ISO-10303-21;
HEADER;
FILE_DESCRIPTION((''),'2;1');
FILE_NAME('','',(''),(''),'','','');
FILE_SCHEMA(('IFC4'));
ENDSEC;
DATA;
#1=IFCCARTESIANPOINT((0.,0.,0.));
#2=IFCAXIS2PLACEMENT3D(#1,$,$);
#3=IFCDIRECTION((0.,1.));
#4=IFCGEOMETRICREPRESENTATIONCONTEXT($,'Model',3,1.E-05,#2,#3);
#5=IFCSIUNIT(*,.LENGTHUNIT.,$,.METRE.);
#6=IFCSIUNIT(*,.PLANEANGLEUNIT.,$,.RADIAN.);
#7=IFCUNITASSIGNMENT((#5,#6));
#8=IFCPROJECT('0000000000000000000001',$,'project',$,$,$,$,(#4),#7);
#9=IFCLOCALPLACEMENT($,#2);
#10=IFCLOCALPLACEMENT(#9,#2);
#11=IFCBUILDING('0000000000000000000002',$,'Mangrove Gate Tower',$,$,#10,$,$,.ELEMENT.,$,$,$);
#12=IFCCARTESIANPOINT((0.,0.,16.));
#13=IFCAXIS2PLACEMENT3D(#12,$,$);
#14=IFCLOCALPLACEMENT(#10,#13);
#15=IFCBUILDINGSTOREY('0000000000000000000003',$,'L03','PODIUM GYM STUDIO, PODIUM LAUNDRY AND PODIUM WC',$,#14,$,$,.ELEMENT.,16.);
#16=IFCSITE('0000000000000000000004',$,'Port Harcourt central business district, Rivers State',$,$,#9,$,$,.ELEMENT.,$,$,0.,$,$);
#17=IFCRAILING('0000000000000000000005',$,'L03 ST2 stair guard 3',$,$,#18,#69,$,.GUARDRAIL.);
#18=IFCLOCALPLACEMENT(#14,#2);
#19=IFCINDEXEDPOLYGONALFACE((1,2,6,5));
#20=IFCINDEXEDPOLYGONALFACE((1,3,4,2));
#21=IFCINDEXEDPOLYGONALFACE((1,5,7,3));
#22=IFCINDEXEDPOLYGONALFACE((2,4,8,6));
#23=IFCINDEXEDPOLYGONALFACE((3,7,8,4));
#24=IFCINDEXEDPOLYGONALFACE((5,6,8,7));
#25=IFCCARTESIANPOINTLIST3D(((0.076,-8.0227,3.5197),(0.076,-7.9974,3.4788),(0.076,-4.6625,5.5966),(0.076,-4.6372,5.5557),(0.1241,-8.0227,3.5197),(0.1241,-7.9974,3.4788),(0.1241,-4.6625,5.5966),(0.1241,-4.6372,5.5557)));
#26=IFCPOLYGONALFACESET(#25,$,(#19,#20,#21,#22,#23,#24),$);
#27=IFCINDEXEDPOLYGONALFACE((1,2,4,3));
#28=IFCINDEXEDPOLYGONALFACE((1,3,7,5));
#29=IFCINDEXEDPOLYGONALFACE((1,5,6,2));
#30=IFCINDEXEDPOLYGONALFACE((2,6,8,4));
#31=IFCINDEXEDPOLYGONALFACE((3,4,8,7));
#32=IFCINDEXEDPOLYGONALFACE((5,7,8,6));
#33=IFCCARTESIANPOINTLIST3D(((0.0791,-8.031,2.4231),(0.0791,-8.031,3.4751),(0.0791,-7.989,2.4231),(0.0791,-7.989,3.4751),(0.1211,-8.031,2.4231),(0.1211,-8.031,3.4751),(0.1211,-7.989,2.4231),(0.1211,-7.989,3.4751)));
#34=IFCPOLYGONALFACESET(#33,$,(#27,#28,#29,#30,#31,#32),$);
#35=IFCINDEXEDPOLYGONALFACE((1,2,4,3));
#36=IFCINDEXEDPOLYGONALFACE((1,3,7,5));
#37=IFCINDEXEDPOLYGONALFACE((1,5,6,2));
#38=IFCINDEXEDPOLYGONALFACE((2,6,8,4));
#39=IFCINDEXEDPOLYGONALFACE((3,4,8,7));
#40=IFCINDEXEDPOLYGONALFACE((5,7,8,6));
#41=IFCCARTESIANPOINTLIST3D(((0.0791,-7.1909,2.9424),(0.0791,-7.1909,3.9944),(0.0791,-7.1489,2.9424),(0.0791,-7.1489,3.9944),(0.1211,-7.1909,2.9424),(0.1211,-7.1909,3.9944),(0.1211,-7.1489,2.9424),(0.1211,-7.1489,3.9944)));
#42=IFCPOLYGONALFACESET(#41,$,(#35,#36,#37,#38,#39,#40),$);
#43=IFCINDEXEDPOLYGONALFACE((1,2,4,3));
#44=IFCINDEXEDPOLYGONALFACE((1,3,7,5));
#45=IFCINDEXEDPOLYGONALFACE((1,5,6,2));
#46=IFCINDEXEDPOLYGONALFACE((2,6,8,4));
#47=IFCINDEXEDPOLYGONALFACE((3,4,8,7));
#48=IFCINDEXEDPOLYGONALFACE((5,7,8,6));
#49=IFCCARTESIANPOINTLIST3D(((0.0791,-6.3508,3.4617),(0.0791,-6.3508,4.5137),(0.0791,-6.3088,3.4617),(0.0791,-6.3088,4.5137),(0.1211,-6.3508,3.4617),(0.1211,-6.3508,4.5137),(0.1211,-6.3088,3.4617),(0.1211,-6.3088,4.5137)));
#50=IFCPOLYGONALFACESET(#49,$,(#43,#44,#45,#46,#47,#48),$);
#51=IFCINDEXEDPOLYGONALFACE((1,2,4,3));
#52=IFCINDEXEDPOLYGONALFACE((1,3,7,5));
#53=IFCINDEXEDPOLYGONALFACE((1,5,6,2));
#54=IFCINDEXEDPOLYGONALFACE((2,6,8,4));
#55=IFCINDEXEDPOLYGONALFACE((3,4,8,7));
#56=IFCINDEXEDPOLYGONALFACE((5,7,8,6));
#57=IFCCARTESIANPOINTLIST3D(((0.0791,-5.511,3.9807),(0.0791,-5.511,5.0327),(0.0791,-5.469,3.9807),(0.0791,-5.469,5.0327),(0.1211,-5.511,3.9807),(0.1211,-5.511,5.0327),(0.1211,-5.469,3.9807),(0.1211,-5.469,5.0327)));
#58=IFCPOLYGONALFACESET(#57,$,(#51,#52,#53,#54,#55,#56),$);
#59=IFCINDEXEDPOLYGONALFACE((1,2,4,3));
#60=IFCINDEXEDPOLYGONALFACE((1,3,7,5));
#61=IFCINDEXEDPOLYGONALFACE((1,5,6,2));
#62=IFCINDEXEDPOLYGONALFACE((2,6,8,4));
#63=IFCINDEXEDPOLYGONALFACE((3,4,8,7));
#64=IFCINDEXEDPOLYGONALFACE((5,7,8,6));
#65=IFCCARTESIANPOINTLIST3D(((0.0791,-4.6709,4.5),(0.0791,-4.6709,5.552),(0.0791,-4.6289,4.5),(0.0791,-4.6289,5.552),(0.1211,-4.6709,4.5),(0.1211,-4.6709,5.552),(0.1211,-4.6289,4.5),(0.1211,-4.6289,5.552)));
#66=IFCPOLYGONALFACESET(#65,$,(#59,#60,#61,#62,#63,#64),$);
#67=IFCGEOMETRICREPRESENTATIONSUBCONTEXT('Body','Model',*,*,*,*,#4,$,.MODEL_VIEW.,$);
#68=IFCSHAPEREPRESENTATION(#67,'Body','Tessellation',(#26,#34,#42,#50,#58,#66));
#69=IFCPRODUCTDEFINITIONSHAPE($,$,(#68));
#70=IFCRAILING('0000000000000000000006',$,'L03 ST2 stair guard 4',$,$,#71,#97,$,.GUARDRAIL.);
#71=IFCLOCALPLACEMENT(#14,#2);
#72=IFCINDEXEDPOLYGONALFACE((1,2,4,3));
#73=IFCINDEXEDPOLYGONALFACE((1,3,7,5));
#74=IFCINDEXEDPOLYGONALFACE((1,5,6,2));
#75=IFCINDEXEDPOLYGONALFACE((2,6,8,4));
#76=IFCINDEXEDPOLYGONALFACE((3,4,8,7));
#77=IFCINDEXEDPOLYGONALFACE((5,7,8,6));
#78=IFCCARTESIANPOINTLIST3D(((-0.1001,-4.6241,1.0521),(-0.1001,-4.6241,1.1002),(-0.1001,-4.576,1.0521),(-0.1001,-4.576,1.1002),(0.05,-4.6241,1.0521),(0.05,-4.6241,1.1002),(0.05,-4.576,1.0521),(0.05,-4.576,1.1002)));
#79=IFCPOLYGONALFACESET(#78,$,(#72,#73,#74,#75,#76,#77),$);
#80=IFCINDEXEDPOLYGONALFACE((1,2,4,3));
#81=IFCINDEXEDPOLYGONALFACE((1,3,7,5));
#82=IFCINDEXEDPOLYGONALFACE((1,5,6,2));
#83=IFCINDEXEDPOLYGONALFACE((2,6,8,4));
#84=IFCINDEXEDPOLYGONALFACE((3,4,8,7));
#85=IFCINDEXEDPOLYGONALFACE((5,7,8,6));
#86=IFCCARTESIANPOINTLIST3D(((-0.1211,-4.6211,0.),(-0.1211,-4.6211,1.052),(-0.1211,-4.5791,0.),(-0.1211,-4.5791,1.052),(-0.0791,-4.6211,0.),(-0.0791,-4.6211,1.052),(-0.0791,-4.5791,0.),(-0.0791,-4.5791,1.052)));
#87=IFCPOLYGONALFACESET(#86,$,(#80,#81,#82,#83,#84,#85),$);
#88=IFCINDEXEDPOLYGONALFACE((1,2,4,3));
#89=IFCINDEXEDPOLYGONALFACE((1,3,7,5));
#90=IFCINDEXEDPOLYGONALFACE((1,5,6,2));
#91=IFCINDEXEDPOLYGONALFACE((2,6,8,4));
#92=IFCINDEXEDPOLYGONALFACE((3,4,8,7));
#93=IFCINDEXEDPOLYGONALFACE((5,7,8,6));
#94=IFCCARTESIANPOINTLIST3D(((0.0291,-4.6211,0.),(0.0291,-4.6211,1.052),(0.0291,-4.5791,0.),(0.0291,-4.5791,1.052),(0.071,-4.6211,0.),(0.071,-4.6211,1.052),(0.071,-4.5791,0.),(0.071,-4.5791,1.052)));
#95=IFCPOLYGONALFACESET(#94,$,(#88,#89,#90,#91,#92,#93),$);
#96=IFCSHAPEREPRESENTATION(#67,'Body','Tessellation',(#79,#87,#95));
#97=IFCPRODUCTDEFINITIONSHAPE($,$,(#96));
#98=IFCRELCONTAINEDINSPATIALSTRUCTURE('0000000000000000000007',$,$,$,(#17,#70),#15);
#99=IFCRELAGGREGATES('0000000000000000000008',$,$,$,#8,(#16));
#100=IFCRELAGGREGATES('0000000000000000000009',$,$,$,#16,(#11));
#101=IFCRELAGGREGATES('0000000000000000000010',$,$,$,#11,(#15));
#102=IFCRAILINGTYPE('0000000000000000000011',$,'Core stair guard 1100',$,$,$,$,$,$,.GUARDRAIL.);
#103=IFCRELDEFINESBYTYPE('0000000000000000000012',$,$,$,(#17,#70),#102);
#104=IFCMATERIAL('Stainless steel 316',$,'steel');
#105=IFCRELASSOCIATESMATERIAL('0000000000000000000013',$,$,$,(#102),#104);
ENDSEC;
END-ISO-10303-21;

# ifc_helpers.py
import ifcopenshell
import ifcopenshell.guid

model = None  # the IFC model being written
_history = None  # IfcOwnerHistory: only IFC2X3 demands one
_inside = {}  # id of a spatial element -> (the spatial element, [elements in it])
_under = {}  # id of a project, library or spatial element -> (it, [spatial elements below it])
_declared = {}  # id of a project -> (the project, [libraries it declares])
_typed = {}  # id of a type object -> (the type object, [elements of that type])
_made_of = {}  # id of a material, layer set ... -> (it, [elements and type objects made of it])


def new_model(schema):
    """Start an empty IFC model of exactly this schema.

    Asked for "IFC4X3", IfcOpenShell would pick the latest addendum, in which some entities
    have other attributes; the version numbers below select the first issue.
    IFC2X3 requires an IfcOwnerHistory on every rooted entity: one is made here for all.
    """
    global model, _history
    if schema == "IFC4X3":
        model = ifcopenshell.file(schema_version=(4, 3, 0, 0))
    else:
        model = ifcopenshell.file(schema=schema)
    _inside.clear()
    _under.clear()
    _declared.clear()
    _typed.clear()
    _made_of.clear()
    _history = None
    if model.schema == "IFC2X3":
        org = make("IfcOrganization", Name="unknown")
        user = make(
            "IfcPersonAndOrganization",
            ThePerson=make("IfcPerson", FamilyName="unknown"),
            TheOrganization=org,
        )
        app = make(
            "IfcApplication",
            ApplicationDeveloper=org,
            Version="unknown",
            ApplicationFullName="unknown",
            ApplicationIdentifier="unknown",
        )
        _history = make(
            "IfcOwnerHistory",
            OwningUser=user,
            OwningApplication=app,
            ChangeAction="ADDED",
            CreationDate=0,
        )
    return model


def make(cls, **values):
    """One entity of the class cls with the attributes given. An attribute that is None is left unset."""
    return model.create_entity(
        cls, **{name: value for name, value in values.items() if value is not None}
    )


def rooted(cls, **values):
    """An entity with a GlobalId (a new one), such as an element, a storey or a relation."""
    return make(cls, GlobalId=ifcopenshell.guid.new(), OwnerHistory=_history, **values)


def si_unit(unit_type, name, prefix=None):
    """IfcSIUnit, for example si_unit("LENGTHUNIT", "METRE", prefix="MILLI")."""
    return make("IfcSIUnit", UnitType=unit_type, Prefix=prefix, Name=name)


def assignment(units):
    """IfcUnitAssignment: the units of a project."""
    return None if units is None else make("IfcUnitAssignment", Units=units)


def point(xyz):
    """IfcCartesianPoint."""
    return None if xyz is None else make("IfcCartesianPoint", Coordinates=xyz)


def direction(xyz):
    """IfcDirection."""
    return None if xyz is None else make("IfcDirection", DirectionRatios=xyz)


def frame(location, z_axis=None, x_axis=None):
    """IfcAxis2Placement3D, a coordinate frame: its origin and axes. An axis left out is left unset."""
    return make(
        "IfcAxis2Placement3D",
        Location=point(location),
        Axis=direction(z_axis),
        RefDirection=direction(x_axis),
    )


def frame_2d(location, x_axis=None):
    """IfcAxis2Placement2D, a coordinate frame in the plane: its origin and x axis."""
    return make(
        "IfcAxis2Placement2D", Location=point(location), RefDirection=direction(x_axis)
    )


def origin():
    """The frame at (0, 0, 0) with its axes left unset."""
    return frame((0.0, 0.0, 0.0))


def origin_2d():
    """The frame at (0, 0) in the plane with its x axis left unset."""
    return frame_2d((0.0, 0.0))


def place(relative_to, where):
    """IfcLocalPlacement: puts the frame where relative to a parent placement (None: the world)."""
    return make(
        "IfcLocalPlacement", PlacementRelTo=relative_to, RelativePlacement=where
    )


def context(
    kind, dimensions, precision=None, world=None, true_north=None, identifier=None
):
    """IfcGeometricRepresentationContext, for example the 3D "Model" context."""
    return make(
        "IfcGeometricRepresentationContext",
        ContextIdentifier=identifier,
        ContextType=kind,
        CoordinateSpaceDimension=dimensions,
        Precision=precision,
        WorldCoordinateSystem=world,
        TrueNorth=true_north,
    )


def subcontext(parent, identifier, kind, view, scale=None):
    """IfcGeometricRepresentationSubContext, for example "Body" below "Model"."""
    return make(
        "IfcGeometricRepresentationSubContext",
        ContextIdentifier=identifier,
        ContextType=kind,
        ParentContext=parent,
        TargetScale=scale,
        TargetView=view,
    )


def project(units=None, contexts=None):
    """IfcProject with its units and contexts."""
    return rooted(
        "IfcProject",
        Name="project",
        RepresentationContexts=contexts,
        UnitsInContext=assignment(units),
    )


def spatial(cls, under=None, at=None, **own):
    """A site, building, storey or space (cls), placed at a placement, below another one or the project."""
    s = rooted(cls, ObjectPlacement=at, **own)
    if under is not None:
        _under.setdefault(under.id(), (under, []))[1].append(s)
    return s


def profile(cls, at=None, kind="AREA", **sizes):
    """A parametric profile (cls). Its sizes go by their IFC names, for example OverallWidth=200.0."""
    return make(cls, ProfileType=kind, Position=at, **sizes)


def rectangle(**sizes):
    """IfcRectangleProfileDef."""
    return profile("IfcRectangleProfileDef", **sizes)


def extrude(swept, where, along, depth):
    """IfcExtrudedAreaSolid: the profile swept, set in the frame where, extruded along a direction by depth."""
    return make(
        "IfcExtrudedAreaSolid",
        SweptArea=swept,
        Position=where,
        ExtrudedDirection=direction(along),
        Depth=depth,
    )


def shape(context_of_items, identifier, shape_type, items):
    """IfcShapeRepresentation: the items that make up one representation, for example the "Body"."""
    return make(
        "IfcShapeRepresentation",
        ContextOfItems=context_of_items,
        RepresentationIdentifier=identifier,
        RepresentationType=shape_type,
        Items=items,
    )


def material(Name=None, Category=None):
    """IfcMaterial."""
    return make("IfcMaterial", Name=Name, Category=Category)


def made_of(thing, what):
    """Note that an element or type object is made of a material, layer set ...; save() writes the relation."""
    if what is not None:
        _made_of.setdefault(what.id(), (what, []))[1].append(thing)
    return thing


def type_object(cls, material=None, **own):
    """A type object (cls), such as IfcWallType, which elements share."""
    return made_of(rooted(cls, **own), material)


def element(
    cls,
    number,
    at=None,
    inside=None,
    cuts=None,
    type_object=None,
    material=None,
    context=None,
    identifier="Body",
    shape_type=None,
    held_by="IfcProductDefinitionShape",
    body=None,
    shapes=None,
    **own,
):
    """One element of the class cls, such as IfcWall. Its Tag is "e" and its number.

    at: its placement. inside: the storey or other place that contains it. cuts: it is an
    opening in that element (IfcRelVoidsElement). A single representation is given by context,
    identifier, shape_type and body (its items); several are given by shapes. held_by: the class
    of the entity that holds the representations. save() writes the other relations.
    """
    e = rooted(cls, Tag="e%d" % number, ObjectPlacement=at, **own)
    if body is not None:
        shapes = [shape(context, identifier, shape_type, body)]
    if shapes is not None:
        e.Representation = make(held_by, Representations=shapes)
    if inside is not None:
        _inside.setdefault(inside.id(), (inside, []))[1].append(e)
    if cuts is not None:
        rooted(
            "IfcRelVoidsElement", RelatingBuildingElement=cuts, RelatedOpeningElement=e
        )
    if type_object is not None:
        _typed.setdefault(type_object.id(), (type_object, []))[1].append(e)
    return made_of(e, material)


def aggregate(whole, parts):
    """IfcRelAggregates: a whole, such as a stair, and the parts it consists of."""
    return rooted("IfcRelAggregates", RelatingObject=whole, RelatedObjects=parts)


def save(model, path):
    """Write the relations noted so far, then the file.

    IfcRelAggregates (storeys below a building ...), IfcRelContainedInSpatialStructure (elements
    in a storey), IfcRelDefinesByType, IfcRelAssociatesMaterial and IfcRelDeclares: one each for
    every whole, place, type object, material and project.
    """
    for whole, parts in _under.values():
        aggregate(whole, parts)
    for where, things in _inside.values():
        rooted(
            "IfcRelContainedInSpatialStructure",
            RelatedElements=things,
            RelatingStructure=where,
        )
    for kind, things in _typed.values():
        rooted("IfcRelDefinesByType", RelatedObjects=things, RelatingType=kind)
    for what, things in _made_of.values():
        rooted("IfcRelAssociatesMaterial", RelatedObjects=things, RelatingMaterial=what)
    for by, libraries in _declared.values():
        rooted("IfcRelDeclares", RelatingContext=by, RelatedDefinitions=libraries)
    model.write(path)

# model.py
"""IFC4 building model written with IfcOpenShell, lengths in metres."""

from ifc_helpers import new_model, si_unit, direction, frame, origin, origin_2d, place, context, subcontext, project, spatial, rectangle, extrude, material, type_object, element, save


model = new_model("IFC4")

# Units and contexts
model_context = context("Model", 3, precision=1e-05, world=origin(), true_north=direction((0.0, 1.0)))
body_context = subcontext(model_context, "Body", "Model", "MODEL_VIEW")
ifc_project = project(units=[si_unit("LENGTHUNIT", "METRE"), si_unit("PLANEANGLEUNIT", "RADIAN")], contexts=[model_context])

# Site, building, storey
site_placement = place(None, origin())
site = spatial("IfcSite", under=ifc_project, at=site_placement, Name="Port Harcourt central business district, Rivers State", CompositionType="ELEMENT", RefElevation=0.0)
building_placement = place(site_placement, origin())
building = spatial("IfcBuilding", under=site, at=building_placement, Name="Mangrove Gate Tower", CompositionType="ELEMENT")
storey_placement = place(building_placement, frame((0.0, 0.0, 16.0)))
storey = spatial("IfcBuildingStorey", under=building, at=storey_placement, Name="L03", Description="PODIUM GYM STUDIO, PODIUM LAUNDRY AND PODIUM WC", CompositionType="ELEMENT", Elevation=16.0)

# Railings
ifc_material_1 = material(Name="Stainless steel 316", Category="steel")
railing_type_1 = type_object("IfcRailingType", Name="Core stair guard 1100", PredefinedType="GUARDRAIL", material=ifc_material_1)
railing_1_placement = place(storey_placement, frame((0.1001, -8.01, 2.4231)))
element("IfcRailing", 1, at=railing_1_placement, inside=storey, type_object=railing_type_1, Name="L03 ST2 stair guard 3", PredefinedType="GUARDRAIL", context=body_context, shape_type="SweptSolid", body=[
    extrude(rectangle(XDim=0.0481, YDim=0.0481, at=origin_2d()), frame((0.0, 0.0, 1.0762), z_axis=(0.0, 0.850623, 0.525776), x_axis=(-1.0, 0.0, 0.0)), (0.0, 0.0, 1.0), 3.9502),
    extrude(rectangle(XDim=0.042, YDim=0.042, at=origin_2d()), origin(), (0.0, 0.0, 1.0), 1.052),
    extrude(rectangle(XDim=0.042, YDim=0.042, at=origin_2d()), frame((0.0, 0.8401, 0.5193)), (0.0, 0.0, 1.0), 1.052),
    extrude(rectangle(XDim=0.042, YDim=0.042, at=origin_2d()), frame((0.0, 1.6802, 1.0386)), (0.0, 0.0, 1.0), 1.052),
    extrude(rectangle(XDim=0.042, YDim=0.042, at=origin_2d()), frame((0.0, 2.52, 1.5576)), (0.0, 0.0, 1.0), 1.052),
    extrude(rectangle(XDim=0.042, YDim=0.042, at=origin_2d()), frame((0.0, 3.3601, 2.0769)), (0.0, 0.0, 1.0), 1.052),
])
railing_2_placement = place(storey_placement, frame((-0.1001, -4.6001, 0.0)))
element("IfcRailing", 2, at=railing_2_placement, inside=storey, type_object=railing_type_1, Name="L03 ST2 stair guard 4", PredefinedType="GUARDRAIL", context=body_context, shape_type="SweptSolid", body=[
    extrude(rectangle(XDim=0.0481, YDim=0.0481, at=origin_2d()), frame((0.0, 0.0, 1.0762), z_axis=(1.0, 0.0, 0.0), x_axis=(0.0, 1.0, 0.0)), (0.0, 0.0, 1.0), 0.1501),
    extrude(rectangle(XDim=0.042, YDim=0.042, at=origin_2d()), origin(), (0.0, 0.0, 1.0), 1.052),
    extrude(rectangle(XDim=0.042, YDim=0.042, at=origin_2d()), frame((0.1501, 0.0, 0.0)), (0.0, 0.0, 1.0), 1.052),
])

save(model, "model.ifc")
